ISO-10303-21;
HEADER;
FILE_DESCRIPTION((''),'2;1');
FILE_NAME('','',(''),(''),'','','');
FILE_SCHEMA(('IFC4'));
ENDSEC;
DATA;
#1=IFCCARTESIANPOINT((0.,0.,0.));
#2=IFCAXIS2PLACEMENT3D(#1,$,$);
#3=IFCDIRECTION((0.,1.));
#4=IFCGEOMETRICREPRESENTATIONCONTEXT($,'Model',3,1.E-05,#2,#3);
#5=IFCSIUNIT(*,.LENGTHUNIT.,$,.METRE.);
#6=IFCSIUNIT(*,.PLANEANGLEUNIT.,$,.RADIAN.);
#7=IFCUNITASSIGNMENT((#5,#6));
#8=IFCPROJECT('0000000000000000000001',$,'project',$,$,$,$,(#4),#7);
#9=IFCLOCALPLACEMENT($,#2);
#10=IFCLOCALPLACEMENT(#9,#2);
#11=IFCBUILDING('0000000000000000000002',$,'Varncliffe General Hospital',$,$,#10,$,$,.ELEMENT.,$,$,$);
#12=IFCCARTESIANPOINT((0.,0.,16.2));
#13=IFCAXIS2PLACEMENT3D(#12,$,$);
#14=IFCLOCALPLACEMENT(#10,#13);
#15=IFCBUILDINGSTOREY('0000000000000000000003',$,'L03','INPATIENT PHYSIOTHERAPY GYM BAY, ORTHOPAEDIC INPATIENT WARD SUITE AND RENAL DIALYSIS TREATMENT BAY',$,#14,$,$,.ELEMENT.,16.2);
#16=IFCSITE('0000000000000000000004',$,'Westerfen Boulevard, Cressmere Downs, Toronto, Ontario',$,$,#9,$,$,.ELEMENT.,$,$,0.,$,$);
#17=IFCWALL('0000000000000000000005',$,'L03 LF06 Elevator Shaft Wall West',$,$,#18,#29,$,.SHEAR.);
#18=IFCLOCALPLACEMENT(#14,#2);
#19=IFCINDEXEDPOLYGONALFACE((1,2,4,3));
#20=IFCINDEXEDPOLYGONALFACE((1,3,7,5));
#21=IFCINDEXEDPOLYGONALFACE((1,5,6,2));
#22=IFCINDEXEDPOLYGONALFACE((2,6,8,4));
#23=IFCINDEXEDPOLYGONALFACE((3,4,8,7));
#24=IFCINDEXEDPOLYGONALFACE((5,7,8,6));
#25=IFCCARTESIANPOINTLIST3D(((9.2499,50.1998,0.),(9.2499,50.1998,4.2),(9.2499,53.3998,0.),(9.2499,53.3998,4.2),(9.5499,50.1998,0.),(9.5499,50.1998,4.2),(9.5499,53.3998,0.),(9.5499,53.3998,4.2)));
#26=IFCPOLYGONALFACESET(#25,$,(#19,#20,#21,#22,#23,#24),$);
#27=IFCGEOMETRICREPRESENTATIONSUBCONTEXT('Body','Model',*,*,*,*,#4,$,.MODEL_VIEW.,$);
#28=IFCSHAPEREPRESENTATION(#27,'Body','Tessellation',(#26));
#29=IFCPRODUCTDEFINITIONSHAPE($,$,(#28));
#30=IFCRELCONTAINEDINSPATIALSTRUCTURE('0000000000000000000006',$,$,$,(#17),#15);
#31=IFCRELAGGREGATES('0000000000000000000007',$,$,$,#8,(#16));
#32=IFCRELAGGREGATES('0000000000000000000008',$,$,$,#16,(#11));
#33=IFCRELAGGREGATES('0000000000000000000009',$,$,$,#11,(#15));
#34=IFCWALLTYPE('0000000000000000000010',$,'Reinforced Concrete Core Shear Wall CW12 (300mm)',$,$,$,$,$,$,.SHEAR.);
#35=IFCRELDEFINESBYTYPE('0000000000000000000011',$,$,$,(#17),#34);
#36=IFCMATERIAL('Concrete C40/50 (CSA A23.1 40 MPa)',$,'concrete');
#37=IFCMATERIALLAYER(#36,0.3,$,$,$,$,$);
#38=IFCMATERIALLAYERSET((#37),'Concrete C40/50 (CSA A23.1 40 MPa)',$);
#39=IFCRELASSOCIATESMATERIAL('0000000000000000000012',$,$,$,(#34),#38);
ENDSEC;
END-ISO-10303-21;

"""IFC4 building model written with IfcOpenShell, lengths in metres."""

from ifc_helpers import new_model, si_unit, direction, frame, frame_2d, origin, place, context, subcontext, project, spatial, rectangle, extrude, material, layer, layer_set, type_object, element, save


model = new_model("IFC4")

# Units and contexts
model_context = context("Model", 3, precision=1e-05, world=origin(), true_north=direction((0.0, 1.0)))
body_context = subcontext(model_context, "Body", "Model", "MODEL_VIEW")
ifc_project = project(units=[si_unit("LENGTHUNIT", "METRE"), si_unit("PLANEANGLEUNIT", "RADIAN")], contexts=[model_context])

# Site, building, storey
site_placement = place(None, origin())
site = spatial("IfcSite", under=ifc_project, at=site_placement, Name="Westerfen Boulevard, Cressmere Downs, Toronto, Ontario", CompositionType="ELEMENT", RefElevation=0.0)
building_placement = place(site_placement, origin())
building = spatial("IfcBuilding", under=site, at=building_placement, Name="Varncliffe General Hospital", CompositionType="ELEMENT")
storey_placement = place(building_placement, frame((0.0, 0.0, 16.2)))
storey = spatial("IfcBuildingStorey", under=building, at=storey_placement, Name="L03", Description="INPATIENT PHYSIOTHERAPY GYM BAY, ORTHOPAEDIC INPATIENT WARD SUITE AND RENAL DIALYSIS TREATMENT BAY", CompositionType="ELEMENT", Elevation=16.2)

# Shared definitions
ifc_material_1 = material(Name="Concrete C40/50 (CSA A23.1 40 MPa)", Category="concrete")

# Shared definitions
ifc_layer_1 = layer(ifc_material_1, 0.3)
ifc_layer_set_1 = layer_set([ifc_layer_1], Name="Concrete C40/50 (CSA A23.1 40 MPa)")
wall_type_1 = type_object("IfcWallType", Name="Reinforced Concrete Core Shear Wall CW12 (300mm)", PredefinedType="SHEAR", material=ifc_layer_set_1)

# Wall
wall_1_placement = place(storey_placement, frame((9.3999, 53.3999, 0.0), z_axis=(0.0, 0.0, 1.0), x_axis=(0.0, -1.0, 0.0)))
element("IfcWall", 1, at=wall_1_placement, inside=storey, type_object=wall_type_1, Name="L03 LF06 Elevator Shaft Wall West", PredefinedType="SHEAR", context=body_context, shape_type="SweptSolid", body=[
    extrude(rectangle(XDim=3.2, YDim=0.3, at=frame_2d((1.6001, 0.0))), origin(), (0.0, 0.0, 1.0), 4.2),
])

save(model, "model.ifc")
